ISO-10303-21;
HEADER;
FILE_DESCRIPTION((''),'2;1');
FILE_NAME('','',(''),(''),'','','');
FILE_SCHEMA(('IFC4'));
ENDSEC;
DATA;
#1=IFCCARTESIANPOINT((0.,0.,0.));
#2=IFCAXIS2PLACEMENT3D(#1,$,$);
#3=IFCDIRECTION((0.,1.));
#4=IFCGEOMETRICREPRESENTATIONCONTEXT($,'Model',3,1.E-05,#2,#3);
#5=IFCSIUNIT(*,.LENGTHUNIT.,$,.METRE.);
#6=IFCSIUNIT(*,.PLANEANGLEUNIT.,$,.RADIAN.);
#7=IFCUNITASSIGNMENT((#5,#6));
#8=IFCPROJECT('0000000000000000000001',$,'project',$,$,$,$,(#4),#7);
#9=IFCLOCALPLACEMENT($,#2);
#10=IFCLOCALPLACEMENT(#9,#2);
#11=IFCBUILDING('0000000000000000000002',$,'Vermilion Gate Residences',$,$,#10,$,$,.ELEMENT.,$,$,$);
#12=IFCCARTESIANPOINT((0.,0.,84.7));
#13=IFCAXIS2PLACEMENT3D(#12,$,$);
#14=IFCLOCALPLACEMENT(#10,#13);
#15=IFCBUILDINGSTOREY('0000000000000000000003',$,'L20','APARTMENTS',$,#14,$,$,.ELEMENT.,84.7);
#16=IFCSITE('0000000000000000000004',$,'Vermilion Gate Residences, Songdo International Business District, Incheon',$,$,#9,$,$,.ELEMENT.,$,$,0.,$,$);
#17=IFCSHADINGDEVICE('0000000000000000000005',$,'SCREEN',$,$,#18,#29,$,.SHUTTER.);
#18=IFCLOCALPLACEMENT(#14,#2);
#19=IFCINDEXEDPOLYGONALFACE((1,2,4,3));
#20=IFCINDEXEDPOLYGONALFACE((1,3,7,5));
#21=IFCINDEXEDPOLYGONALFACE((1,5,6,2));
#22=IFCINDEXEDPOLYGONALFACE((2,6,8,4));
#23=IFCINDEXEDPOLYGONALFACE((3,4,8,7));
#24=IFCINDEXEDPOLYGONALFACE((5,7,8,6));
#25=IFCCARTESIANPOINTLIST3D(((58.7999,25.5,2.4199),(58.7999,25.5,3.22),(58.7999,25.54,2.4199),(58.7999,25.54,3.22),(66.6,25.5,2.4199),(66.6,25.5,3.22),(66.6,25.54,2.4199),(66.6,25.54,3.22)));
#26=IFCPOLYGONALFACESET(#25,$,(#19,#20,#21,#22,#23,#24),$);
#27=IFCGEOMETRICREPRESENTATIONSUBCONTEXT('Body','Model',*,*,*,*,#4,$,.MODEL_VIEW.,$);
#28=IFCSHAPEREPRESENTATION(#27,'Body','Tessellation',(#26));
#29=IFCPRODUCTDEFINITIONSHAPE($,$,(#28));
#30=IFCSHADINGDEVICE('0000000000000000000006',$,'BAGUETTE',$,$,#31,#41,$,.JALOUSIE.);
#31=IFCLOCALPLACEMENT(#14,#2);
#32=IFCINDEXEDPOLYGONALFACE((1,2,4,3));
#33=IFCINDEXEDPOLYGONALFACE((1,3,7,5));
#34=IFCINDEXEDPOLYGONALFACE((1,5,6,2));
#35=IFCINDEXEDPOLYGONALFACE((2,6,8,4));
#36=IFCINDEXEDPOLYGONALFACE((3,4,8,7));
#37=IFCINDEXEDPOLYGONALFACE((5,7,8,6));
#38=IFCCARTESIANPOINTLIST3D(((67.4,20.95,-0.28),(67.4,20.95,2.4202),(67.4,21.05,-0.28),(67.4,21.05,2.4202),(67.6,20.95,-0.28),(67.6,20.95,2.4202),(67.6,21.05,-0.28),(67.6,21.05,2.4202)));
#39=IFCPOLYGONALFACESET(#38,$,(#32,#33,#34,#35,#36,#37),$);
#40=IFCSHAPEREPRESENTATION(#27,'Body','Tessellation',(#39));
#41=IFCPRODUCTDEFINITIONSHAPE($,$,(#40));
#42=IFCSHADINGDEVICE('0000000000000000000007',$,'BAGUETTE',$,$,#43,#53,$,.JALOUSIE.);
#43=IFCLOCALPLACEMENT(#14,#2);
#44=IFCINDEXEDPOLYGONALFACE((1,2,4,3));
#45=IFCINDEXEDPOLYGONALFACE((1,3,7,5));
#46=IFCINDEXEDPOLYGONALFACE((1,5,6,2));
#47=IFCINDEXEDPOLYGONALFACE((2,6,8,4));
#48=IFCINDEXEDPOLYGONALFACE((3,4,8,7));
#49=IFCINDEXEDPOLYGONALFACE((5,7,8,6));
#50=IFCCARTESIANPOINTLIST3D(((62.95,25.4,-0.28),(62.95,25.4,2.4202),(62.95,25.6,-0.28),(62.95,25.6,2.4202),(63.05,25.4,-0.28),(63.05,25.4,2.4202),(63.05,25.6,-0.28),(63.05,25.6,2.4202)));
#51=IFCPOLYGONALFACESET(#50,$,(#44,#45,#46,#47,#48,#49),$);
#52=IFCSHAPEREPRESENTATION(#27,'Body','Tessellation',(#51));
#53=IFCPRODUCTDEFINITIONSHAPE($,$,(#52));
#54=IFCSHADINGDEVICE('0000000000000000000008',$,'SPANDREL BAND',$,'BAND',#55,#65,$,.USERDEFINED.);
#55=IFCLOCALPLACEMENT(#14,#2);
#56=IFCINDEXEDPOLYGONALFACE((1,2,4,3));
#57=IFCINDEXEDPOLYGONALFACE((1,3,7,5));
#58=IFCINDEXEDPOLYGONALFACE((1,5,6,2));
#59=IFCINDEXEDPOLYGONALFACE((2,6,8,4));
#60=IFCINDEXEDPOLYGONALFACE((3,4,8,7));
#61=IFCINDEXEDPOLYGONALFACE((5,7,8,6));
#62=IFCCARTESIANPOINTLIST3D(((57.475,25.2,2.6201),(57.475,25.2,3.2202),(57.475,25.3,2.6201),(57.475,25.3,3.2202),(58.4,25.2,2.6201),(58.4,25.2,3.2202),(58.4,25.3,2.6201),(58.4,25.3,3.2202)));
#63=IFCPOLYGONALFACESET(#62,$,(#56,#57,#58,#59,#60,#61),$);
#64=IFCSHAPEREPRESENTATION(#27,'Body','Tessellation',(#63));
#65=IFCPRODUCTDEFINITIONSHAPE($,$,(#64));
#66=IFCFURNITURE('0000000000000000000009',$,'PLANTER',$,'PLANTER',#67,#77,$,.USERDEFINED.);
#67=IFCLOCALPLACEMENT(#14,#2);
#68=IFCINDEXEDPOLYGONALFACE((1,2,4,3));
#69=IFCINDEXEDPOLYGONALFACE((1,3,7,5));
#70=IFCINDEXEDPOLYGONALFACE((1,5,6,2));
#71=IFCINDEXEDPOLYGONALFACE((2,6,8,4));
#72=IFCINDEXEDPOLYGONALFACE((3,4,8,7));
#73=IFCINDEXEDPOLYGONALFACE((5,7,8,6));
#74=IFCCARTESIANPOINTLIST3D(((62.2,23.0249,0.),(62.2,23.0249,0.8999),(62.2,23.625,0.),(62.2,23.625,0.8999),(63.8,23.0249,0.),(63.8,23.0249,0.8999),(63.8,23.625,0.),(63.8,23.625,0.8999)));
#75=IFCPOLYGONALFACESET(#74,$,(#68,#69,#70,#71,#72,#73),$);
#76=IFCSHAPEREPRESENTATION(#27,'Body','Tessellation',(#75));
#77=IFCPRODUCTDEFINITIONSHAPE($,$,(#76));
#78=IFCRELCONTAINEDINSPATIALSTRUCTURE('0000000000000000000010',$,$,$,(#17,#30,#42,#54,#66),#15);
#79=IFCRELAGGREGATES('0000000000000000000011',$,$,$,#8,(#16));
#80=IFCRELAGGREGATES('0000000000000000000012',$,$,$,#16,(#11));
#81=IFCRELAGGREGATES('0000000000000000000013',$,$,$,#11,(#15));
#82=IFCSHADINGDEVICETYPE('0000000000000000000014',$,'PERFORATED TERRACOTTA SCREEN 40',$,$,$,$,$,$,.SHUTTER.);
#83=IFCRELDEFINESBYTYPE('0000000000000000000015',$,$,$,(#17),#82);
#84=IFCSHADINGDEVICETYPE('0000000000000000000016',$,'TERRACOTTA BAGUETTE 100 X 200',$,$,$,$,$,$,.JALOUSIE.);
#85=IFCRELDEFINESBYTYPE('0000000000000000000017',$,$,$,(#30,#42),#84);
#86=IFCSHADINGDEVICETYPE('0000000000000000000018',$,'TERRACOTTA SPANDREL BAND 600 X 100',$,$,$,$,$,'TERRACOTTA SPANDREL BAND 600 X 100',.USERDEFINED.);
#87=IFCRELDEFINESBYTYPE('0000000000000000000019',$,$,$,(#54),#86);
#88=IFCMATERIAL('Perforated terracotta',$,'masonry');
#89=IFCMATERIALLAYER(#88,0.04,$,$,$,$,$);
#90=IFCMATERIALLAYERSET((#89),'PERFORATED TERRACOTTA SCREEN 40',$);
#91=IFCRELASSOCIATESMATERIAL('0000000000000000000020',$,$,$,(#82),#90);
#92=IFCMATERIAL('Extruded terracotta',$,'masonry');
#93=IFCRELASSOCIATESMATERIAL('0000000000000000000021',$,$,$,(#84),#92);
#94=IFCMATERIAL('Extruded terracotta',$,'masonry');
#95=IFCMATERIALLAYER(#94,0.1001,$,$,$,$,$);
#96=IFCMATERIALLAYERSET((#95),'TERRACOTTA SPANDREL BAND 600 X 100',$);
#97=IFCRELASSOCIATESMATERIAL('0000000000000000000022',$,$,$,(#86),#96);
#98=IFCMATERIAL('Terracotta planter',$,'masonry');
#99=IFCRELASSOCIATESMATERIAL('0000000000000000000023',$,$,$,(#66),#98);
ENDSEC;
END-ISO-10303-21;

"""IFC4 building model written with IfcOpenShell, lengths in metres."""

from ifc_helpers import new_model, si_unit, direction, frame, origin, origin_2d, place, context, subcontext, project, spatial, rectangle, extrude, material, layer, layer_set, material_profile, profile_set, type_object, element, save


model = new_model("IFC4")

# Units and contexts
model_context = context("Model", 3, precision=1e-05, world=origin(), true_north=direction((0.0, 1.0)))
body_context = subcontext(model_context, "Body", "Model", "MODEL_VIEW")
ifc_project = project(units=[si_unit("LENGTHUNIT", "METRE"), si_unit("PLANEANGLEUNIT", "RADIAN")], contexts=[model_context])

# Site, building, storey
site_placement = place(None, origin())
site = spatial("IfcSite", under=ifc_project, at=site_placement, Name="Vermilion Gate Residences, Songdo International Business District, Incheon", CompositionType="ELEMENT", RefElevation=0.0)
building_placement = place(site_placement, origin())
building = spatial("IfcBuilding", under=site, at=building_placement, Name="Vermilion Gate Residences", CompositionType="ELEMENT")
storey_placement = place(building_placement, frame((0.0, 0.0, 84.7)))
storey = spatial("IfcBuildingStorey", under=building, at=storey_placement, Name="L20", Description="APARTMENTS", CompositionType="ELEMENT", Elevation=84.7)

# Shading devices
ifc_material_1 = material(Name="Perforated terracotta", Category="masonry")
ifc_layer_1 = layer(ifc_material_1, 0.04)
ifc_layer_set_1 = layer_set([ifc_layer_1], Name="PERFORATED TERRACOTTA SCREEN 40")
shading_device_type_1 = type_object("IfcShadingDeviceType", Name="PERFORATED TERRACOTTA SCREEN 40", PredefinedType="SHUTTER", material=ifc_layer_set_1)
shading_device_1_placement = place(storey_placement, frame((62.7, 25.52, 2.4199), z_axis=(0.0, 0.0, 1.0), x_axis=(-1.0, 0.0, 0.0)))
element("IfcShadingDevice", 1, at=shading_device_1_placement, inside=storey, type_object=shading_device_type_1, Name="SCREEN", PredefinedType="SHUTTER", context=body_context, shape_type="SweptSolid", body=[
    extrude(rectangle(XDim=7.8, YDim=0.04, at=origin_2d()), origin(), (0.0, 0.0, 1.0), 0.8),
])
ifc_material_2 = material(Name="Extruded terracotta", Category="masonry")
ifc_material_profile_1 = material_profile(ifc_material_2, rectangle(XDim=0.2, YDim=0.1001, at=origin_2d()), Name="BAGUETTE 100 X 200")
ifc_profile_set_1 = profile_set([ifc_material_profile_1], Name="Extruded terracotta")
shading_device_type_2 = type_object("IfcShadingDeviceType", Name="TERRACOTTA BAGUETTE 100 X 200", PredefinedType="JALOUSIE", material=ifc_profile_set_1)
for number, where, z_axis, x_axis, name in (
    (2, (67.5, 21.0, -0.28), (0.0, 0.0, 1.0), (-1.0, 0.0, 0.0), "BAGUETTE"),
    (3, (63.0, 25.5, -0.28), (0.0, 0.0, 1.0), (0.0, -1.0, 0.0), "BAGUETTE"),
):
    element("IfcShadingDevice", number, at=place(storey_placement, frame(where, z_axis=z_axis, x_axis=x_axis)), inside=storey, type_object=shading_device_type_2, Name=name, PredefinedType="JALOUSIE", context=body_context, shape_type="SweptSolid", body=[
        extrude(rectangle(XDim=0.2, YDim=0.1001, at=origin_2d()), origin(), (0.0, 0.0, 1.0), 2.7002),
    ])
ifc_material_3 = material(Name="Extruded terracotta", Category="masonry")
ifc_layer_2 = layer(ifc_material_3, 0.1001)
ifc_layer_set_2 = layer_set([ifc_layer_2], Name="TERRACOTTA SPANDREL BAND 600 X 100")
shading_device_type_3 = type_object("IfcShadingDeviceType", Name="TERRACOTTA SPANDREL BAND 600 X 100", ElementType="TERRACOTTA SPANDREL BAND 600 X 100", PredefinedType="USERDEFINED", material=ifc_layer_set_2)
shading_device_2_placement = place(storey_placement, frame((57.9375, 25.25, 2.6201), z_axis=(0.0, 0.0, 1.0), x_axis=(1.0, 0.0, 0.0)))
element("IfcShadingDevice", 4, at=shading_device_2_placement, inside=storey, type_object=shading_device_type_3, Name="SPANDREL BAND", ObjectType="BAND", PredefinedType="USERDEFINED", context=body_context, shape_type="SweptSolid", body=[
    extrude(rectangle(XDim=0.925, YDim=0.1001, at=origin_2d()), origin(), (0.0, 0.0, 1.0), 0.6001),
])

# Furniture
ifc_material_4 = material(Name="Terracotta planter", Category="masonry")
furniture_placement = place(storey_placement, frame((63.0, 23.325, 0.0), z_axis=(0.0, 0.0, 1.0), x_axis=(-1.0, 0.0, 0.0)))
element("IfcFurniture", 5, at=furniture_placement, inside=storey, material=ifc_material_4, Name="PLANTER", ObjectType="PLANTER", PredefinedType="USERDEFINED", context=body_context, shape_type="SweptSolid", body=[
    extrude(rectangle(XDim=1.6001, YDim=0.6001, at=origin_2d()), origin(), (0.0, 0.0, 1.0), 0.8999),
])

save(model, "model.ifc")
